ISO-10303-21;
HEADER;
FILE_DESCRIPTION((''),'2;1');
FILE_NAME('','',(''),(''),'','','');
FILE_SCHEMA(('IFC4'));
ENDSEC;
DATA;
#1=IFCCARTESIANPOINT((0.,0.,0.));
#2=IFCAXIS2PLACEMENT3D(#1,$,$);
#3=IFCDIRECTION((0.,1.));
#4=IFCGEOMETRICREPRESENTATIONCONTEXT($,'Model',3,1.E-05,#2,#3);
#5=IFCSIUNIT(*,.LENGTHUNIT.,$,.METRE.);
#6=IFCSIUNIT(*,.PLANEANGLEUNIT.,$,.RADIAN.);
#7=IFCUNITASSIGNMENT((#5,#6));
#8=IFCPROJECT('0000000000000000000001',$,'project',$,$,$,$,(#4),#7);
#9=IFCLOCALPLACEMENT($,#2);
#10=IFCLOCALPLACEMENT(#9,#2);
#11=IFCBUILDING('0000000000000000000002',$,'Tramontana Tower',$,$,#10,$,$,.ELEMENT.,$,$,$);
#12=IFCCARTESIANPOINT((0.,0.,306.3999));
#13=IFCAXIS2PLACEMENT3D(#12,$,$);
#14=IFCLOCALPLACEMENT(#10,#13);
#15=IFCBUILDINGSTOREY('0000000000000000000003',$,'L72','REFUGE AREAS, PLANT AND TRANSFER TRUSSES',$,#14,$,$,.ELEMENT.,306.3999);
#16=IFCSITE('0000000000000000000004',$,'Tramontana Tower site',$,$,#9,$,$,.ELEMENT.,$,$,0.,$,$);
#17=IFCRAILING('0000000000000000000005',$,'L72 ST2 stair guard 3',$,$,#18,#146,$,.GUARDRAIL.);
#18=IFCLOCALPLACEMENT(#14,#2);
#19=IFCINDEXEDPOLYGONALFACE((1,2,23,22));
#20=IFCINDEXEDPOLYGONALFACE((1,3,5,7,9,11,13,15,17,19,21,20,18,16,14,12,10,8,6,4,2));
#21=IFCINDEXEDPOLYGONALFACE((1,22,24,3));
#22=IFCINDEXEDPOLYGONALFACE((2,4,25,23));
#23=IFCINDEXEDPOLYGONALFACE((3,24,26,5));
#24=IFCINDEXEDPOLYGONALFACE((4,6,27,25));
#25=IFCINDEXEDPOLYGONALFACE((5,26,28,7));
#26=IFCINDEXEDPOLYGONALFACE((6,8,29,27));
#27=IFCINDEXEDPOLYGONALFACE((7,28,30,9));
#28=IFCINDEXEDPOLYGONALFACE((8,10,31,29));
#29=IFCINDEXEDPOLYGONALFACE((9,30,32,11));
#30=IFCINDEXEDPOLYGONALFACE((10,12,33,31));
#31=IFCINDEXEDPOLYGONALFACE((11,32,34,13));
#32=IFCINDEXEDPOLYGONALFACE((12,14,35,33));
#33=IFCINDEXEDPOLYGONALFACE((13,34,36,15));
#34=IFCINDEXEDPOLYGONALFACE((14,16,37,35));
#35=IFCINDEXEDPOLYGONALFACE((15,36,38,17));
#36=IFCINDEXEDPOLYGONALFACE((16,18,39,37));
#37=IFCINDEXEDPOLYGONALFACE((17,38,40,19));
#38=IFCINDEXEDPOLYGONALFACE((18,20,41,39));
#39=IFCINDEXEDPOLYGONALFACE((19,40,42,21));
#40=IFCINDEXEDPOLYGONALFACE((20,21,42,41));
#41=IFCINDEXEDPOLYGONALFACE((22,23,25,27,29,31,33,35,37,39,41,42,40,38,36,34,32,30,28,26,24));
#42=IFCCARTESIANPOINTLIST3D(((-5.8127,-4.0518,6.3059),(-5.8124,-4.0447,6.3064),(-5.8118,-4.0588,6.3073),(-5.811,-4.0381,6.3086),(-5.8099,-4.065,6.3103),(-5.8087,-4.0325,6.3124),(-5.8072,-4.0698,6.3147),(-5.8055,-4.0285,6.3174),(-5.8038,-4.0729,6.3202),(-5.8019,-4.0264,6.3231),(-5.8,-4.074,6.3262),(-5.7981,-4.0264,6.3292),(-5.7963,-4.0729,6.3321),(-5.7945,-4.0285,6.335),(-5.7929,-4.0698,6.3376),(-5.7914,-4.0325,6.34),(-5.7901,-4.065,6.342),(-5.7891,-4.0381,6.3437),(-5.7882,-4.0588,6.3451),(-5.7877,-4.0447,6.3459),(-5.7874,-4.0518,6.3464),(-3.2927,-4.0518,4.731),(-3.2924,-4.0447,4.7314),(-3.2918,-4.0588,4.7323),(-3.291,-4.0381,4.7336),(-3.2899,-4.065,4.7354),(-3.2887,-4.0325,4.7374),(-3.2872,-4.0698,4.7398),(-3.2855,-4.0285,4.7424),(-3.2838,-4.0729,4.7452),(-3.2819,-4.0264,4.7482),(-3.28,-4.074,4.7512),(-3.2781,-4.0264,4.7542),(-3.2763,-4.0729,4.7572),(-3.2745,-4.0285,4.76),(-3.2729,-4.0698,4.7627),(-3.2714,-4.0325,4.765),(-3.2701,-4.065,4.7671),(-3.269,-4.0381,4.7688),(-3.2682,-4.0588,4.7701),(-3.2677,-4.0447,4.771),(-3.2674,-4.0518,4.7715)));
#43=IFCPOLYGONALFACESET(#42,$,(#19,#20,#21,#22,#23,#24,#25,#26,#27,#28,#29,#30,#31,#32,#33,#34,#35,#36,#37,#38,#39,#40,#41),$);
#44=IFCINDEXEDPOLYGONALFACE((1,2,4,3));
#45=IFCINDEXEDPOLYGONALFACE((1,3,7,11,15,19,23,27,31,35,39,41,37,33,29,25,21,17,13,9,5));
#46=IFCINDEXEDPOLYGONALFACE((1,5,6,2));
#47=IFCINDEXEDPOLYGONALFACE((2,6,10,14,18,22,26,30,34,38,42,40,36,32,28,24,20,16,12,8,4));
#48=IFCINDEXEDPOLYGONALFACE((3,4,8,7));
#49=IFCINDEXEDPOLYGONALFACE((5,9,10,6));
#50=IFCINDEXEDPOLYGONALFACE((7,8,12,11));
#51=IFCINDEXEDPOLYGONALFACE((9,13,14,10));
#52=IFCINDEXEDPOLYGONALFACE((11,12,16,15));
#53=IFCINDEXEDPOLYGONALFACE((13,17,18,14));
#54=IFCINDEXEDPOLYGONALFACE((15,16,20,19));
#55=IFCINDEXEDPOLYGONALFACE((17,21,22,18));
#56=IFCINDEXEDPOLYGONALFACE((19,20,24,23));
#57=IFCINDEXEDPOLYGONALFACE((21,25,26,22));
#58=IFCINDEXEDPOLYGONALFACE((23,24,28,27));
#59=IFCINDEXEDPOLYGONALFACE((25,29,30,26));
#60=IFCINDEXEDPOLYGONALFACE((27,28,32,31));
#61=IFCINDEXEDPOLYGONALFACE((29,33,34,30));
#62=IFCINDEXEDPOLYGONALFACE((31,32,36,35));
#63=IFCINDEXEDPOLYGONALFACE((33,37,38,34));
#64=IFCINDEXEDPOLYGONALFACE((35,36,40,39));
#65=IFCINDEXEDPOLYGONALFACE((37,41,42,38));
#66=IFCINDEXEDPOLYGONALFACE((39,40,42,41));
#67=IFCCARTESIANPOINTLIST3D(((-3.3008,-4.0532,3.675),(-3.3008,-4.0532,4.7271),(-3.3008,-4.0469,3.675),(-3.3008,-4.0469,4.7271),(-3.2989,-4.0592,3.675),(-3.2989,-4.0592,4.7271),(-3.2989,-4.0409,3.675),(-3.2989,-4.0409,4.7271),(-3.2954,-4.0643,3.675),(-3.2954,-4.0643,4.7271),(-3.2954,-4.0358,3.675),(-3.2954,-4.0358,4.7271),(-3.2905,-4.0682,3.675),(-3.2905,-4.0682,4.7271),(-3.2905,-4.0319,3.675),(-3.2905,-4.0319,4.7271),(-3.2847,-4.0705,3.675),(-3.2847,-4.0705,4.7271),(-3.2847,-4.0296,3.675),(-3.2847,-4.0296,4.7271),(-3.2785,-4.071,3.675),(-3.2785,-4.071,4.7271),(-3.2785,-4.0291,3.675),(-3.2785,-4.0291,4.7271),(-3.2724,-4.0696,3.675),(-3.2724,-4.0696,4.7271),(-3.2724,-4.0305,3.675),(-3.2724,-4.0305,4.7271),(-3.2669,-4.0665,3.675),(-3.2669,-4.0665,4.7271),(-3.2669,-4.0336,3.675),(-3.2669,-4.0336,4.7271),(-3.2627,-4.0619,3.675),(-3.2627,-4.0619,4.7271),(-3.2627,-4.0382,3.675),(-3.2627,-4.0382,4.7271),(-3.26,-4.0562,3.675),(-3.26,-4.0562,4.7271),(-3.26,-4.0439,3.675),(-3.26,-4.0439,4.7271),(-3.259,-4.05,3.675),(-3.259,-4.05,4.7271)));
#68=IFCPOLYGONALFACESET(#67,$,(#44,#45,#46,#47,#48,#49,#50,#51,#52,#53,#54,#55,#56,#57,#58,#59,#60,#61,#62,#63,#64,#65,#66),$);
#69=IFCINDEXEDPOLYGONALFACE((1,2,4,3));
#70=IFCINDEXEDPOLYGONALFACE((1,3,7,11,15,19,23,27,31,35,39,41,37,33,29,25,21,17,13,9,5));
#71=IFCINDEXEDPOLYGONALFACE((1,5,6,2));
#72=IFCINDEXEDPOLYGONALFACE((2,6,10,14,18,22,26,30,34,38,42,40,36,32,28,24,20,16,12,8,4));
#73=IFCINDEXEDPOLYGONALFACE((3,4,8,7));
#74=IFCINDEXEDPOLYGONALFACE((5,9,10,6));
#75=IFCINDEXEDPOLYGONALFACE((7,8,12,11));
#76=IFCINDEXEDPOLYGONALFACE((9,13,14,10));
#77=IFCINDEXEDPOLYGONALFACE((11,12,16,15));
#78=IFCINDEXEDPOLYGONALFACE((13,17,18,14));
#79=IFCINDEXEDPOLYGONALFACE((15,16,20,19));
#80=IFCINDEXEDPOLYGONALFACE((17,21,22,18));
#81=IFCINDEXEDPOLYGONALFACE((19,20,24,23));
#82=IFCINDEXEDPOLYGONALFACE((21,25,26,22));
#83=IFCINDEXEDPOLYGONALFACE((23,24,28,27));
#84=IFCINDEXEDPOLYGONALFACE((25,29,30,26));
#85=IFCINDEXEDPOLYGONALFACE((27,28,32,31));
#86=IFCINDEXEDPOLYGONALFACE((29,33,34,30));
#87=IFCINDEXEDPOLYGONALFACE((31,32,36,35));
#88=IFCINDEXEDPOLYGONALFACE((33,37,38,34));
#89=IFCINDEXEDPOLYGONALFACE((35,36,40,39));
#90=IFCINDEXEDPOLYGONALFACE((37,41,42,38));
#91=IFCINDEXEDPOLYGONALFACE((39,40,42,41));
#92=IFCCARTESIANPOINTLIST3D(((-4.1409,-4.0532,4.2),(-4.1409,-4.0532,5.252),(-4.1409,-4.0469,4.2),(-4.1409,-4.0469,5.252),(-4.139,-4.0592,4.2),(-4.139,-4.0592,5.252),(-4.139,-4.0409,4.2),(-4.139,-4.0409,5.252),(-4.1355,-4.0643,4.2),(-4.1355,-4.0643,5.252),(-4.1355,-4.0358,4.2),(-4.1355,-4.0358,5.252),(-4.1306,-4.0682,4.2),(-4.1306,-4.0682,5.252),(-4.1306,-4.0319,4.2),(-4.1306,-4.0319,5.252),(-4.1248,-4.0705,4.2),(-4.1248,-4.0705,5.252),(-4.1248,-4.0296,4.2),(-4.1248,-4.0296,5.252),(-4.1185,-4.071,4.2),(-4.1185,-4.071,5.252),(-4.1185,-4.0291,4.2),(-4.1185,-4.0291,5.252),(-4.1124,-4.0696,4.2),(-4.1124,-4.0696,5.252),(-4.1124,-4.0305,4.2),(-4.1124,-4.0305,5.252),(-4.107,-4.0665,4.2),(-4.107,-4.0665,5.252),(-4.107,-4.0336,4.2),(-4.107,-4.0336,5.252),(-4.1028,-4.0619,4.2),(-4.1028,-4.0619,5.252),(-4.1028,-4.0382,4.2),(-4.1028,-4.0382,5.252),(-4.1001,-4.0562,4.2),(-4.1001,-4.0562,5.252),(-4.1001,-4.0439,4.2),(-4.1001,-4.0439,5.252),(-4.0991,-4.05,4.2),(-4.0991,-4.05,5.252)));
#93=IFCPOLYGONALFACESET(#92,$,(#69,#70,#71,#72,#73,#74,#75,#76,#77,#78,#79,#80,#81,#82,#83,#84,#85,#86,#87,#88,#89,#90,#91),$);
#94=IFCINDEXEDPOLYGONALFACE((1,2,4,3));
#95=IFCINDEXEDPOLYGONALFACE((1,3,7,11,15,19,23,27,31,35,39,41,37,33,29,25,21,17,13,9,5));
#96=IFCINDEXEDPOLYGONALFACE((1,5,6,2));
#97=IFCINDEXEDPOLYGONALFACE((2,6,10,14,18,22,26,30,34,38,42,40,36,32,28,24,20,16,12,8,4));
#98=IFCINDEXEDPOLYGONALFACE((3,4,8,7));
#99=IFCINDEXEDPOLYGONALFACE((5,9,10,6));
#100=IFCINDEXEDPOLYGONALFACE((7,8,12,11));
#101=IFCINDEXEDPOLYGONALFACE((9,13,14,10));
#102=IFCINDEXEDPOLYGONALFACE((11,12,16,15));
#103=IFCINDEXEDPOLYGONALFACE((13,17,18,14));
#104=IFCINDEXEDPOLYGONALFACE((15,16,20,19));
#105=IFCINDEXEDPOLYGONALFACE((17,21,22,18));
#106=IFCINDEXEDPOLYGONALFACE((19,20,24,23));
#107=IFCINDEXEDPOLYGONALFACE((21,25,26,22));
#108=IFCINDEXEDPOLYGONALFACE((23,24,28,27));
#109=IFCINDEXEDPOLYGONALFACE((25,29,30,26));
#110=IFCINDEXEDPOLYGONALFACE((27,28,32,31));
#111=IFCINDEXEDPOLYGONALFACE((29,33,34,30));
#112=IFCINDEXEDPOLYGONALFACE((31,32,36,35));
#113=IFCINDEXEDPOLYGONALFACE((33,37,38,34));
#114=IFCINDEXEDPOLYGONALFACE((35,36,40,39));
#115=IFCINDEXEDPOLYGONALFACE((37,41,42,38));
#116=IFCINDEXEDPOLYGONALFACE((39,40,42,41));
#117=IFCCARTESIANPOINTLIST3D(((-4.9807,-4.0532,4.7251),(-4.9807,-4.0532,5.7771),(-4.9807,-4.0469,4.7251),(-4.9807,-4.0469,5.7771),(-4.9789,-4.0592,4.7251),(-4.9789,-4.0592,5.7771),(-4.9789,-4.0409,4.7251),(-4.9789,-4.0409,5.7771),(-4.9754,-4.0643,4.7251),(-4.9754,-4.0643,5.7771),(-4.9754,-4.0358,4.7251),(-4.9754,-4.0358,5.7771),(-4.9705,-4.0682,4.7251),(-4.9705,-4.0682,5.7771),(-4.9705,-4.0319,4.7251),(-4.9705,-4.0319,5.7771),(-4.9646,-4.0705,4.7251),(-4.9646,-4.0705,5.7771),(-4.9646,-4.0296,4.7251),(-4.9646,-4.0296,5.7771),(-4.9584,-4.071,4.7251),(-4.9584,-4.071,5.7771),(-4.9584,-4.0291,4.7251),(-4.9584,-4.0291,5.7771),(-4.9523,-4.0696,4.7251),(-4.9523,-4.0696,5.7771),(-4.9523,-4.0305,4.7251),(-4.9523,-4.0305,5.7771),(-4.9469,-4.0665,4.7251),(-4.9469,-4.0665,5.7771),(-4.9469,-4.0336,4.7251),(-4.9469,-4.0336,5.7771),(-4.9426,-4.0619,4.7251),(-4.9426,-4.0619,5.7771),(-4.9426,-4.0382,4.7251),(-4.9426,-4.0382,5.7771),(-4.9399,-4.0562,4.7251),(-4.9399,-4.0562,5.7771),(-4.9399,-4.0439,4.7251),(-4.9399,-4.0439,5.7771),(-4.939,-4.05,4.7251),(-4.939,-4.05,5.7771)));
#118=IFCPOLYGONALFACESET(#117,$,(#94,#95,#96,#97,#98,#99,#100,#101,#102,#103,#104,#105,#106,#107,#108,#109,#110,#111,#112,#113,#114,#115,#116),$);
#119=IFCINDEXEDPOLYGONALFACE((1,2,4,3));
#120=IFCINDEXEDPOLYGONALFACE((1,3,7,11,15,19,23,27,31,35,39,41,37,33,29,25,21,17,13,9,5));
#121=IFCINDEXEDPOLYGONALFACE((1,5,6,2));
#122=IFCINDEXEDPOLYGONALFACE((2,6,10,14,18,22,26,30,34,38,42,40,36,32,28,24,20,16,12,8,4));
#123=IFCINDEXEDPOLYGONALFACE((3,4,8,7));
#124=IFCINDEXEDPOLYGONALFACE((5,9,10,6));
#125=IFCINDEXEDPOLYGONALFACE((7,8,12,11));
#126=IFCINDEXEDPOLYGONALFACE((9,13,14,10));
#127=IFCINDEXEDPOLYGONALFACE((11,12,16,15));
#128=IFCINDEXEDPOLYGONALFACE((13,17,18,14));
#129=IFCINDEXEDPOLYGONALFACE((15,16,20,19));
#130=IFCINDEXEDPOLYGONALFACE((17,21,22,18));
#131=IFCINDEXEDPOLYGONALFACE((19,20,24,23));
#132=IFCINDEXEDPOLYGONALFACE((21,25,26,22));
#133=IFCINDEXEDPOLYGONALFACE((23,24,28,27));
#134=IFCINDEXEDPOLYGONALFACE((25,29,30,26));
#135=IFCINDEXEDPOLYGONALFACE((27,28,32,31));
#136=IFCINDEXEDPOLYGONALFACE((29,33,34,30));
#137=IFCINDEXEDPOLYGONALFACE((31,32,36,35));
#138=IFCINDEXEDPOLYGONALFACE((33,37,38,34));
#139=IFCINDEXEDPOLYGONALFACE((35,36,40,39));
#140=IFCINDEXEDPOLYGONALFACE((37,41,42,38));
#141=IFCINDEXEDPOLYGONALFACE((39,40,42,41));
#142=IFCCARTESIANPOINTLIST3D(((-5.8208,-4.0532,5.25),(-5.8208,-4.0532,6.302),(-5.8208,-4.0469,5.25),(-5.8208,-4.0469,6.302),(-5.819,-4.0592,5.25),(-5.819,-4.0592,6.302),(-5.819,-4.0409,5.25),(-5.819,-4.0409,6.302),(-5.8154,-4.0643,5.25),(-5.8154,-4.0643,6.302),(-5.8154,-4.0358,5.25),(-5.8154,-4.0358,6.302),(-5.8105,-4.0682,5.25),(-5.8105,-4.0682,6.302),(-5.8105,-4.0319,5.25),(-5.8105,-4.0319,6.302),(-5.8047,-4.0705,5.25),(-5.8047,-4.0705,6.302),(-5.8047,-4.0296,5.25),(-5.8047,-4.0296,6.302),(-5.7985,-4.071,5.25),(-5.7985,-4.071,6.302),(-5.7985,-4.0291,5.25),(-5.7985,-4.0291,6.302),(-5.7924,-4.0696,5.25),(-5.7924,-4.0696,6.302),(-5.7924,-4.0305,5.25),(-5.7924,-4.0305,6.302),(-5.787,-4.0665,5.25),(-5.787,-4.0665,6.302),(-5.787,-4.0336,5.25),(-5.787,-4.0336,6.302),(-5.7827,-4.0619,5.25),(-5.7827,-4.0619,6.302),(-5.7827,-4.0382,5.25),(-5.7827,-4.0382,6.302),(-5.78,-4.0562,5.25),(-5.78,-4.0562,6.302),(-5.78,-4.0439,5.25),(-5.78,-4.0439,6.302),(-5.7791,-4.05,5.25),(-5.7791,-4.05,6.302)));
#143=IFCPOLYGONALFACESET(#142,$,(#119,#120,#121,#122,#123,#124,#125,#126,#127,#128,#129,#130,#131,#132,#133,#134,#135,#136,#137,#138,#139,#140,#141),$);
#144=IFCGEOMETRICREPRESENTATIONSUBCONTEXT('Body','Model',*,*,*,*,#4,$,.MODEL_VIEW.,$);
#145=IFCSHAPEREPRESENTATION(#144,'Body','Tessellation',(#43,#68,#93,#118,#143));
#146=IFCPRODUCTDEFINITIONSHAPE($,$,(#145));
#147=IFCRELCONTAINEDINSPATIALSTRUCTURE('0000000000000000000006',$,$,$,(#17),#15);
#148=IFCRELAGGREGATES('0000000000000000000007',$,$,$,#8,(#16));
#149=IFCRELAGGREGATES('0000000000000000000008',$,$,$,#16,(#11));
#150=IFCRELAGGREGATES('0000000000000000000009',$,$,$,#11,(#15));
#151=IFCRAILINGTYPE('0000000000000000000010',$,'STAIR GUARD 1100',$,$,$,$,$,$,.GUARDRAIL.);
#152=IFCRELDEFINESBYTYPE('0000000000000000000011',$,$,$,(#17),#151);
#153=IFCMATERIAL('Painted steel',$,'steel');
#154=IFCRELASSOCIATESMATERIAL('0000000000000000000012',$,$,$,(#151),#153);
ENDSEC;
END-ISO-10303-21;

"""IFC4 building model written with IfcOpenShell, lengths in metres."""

from ifc_helpers import new_model, si_unit, direction, frame, origin, origin_2d, place, context, subcontext, project, spatial, circle, extrude, material, type_object, element, save


model = new_model("IFC4")

# Units and contexts
model_context = context("Model", 3, precision=1e-05, world=origin(), true_north=direction((0.0, 1.0)))
body_context = subcontext(model_context, "Body", "Model", "MODEL_VIEW")
ifc_project = project(units=[si_unit("LENGTHUNIT", "METRE"), si_unit("PLANEANGLEUNIT", "RADIAN")], contexts=[model_context])

# Site, building, storey
site_placement = place(None, origin())
site = spatial("IfcSite", under=ifc_project, at=site_placement, Name="Tramontana Tower site", CompositionType="ELEMENT", RefElevation=0.0)
building_placement = place(site_placement, origin())
building = spatial("IfcBuilding", under=site, at=building_placement, Name="Tramontana Tower", CompositionType="ELEMENT")
storey_placement = place(building_placement, frame((0.0, 0.0, 306.3999)))
storey = spatial("IfcBuildingStorey", under=building, at=storey_placement, Name="L72", Description="REFUGE AREAS, PLANT AND TRANSFER TRUSSES", CompositionType="ELEMENT", Elevation=306.3999)

# Railing
ifc_material_1 = material(Name="Painted steel", Category="steel")
railing_type = type_object("IfcRailingType", Name="STAIR GUARD 1100", PredefinedType="GUARDRAIL", material=ifc_material_1)
for number, where, name in (
    (1, (-3.28, -4.05, 3.675), "L72 ST2 stair guard 3"),
):
    element("IfcRailing", number, at=place(storey_placement, frame(where)), inside=storey, type_object=railing_type, Name=name, PredefinedType="GUARDRAIL", context=body_context, shape_type="SweptSolid", body=[
        extrude(circle(Radius=0.0239, at=origin_2d()), frame((0.0, 0.0, 1.0762), z_axis=(-0.848008, 0.0, 0.529984), x_axis=(0.0, -1.0, 0.0)), (0.0, 0.0, 1.0), 2.9717),
        extrude(circle(Radius=0.021, at=origin_2d()), origin(), (0.0, 0.0, 1.0), 1.052),
        extrude(circle(Radius=0.021, at=origin_2d()), frame((-0.8401, 0.0, 0.5249)), (0.0, 0.0, 1.0), 1.052),
        extrude(circle(Radius=0.021, at=origin_2d()), frame((-1.6799, 0.0, 1.05)), (0.0, 0.0, 1.0), 1.052),
        extrude(circle(Radius=0.021, at=origin_2d()), frame((-2.52, 0.0, 1.575)), (0.0, 0.0, 1.0), 1.052),
    ])

save(model, "model.ifc")
